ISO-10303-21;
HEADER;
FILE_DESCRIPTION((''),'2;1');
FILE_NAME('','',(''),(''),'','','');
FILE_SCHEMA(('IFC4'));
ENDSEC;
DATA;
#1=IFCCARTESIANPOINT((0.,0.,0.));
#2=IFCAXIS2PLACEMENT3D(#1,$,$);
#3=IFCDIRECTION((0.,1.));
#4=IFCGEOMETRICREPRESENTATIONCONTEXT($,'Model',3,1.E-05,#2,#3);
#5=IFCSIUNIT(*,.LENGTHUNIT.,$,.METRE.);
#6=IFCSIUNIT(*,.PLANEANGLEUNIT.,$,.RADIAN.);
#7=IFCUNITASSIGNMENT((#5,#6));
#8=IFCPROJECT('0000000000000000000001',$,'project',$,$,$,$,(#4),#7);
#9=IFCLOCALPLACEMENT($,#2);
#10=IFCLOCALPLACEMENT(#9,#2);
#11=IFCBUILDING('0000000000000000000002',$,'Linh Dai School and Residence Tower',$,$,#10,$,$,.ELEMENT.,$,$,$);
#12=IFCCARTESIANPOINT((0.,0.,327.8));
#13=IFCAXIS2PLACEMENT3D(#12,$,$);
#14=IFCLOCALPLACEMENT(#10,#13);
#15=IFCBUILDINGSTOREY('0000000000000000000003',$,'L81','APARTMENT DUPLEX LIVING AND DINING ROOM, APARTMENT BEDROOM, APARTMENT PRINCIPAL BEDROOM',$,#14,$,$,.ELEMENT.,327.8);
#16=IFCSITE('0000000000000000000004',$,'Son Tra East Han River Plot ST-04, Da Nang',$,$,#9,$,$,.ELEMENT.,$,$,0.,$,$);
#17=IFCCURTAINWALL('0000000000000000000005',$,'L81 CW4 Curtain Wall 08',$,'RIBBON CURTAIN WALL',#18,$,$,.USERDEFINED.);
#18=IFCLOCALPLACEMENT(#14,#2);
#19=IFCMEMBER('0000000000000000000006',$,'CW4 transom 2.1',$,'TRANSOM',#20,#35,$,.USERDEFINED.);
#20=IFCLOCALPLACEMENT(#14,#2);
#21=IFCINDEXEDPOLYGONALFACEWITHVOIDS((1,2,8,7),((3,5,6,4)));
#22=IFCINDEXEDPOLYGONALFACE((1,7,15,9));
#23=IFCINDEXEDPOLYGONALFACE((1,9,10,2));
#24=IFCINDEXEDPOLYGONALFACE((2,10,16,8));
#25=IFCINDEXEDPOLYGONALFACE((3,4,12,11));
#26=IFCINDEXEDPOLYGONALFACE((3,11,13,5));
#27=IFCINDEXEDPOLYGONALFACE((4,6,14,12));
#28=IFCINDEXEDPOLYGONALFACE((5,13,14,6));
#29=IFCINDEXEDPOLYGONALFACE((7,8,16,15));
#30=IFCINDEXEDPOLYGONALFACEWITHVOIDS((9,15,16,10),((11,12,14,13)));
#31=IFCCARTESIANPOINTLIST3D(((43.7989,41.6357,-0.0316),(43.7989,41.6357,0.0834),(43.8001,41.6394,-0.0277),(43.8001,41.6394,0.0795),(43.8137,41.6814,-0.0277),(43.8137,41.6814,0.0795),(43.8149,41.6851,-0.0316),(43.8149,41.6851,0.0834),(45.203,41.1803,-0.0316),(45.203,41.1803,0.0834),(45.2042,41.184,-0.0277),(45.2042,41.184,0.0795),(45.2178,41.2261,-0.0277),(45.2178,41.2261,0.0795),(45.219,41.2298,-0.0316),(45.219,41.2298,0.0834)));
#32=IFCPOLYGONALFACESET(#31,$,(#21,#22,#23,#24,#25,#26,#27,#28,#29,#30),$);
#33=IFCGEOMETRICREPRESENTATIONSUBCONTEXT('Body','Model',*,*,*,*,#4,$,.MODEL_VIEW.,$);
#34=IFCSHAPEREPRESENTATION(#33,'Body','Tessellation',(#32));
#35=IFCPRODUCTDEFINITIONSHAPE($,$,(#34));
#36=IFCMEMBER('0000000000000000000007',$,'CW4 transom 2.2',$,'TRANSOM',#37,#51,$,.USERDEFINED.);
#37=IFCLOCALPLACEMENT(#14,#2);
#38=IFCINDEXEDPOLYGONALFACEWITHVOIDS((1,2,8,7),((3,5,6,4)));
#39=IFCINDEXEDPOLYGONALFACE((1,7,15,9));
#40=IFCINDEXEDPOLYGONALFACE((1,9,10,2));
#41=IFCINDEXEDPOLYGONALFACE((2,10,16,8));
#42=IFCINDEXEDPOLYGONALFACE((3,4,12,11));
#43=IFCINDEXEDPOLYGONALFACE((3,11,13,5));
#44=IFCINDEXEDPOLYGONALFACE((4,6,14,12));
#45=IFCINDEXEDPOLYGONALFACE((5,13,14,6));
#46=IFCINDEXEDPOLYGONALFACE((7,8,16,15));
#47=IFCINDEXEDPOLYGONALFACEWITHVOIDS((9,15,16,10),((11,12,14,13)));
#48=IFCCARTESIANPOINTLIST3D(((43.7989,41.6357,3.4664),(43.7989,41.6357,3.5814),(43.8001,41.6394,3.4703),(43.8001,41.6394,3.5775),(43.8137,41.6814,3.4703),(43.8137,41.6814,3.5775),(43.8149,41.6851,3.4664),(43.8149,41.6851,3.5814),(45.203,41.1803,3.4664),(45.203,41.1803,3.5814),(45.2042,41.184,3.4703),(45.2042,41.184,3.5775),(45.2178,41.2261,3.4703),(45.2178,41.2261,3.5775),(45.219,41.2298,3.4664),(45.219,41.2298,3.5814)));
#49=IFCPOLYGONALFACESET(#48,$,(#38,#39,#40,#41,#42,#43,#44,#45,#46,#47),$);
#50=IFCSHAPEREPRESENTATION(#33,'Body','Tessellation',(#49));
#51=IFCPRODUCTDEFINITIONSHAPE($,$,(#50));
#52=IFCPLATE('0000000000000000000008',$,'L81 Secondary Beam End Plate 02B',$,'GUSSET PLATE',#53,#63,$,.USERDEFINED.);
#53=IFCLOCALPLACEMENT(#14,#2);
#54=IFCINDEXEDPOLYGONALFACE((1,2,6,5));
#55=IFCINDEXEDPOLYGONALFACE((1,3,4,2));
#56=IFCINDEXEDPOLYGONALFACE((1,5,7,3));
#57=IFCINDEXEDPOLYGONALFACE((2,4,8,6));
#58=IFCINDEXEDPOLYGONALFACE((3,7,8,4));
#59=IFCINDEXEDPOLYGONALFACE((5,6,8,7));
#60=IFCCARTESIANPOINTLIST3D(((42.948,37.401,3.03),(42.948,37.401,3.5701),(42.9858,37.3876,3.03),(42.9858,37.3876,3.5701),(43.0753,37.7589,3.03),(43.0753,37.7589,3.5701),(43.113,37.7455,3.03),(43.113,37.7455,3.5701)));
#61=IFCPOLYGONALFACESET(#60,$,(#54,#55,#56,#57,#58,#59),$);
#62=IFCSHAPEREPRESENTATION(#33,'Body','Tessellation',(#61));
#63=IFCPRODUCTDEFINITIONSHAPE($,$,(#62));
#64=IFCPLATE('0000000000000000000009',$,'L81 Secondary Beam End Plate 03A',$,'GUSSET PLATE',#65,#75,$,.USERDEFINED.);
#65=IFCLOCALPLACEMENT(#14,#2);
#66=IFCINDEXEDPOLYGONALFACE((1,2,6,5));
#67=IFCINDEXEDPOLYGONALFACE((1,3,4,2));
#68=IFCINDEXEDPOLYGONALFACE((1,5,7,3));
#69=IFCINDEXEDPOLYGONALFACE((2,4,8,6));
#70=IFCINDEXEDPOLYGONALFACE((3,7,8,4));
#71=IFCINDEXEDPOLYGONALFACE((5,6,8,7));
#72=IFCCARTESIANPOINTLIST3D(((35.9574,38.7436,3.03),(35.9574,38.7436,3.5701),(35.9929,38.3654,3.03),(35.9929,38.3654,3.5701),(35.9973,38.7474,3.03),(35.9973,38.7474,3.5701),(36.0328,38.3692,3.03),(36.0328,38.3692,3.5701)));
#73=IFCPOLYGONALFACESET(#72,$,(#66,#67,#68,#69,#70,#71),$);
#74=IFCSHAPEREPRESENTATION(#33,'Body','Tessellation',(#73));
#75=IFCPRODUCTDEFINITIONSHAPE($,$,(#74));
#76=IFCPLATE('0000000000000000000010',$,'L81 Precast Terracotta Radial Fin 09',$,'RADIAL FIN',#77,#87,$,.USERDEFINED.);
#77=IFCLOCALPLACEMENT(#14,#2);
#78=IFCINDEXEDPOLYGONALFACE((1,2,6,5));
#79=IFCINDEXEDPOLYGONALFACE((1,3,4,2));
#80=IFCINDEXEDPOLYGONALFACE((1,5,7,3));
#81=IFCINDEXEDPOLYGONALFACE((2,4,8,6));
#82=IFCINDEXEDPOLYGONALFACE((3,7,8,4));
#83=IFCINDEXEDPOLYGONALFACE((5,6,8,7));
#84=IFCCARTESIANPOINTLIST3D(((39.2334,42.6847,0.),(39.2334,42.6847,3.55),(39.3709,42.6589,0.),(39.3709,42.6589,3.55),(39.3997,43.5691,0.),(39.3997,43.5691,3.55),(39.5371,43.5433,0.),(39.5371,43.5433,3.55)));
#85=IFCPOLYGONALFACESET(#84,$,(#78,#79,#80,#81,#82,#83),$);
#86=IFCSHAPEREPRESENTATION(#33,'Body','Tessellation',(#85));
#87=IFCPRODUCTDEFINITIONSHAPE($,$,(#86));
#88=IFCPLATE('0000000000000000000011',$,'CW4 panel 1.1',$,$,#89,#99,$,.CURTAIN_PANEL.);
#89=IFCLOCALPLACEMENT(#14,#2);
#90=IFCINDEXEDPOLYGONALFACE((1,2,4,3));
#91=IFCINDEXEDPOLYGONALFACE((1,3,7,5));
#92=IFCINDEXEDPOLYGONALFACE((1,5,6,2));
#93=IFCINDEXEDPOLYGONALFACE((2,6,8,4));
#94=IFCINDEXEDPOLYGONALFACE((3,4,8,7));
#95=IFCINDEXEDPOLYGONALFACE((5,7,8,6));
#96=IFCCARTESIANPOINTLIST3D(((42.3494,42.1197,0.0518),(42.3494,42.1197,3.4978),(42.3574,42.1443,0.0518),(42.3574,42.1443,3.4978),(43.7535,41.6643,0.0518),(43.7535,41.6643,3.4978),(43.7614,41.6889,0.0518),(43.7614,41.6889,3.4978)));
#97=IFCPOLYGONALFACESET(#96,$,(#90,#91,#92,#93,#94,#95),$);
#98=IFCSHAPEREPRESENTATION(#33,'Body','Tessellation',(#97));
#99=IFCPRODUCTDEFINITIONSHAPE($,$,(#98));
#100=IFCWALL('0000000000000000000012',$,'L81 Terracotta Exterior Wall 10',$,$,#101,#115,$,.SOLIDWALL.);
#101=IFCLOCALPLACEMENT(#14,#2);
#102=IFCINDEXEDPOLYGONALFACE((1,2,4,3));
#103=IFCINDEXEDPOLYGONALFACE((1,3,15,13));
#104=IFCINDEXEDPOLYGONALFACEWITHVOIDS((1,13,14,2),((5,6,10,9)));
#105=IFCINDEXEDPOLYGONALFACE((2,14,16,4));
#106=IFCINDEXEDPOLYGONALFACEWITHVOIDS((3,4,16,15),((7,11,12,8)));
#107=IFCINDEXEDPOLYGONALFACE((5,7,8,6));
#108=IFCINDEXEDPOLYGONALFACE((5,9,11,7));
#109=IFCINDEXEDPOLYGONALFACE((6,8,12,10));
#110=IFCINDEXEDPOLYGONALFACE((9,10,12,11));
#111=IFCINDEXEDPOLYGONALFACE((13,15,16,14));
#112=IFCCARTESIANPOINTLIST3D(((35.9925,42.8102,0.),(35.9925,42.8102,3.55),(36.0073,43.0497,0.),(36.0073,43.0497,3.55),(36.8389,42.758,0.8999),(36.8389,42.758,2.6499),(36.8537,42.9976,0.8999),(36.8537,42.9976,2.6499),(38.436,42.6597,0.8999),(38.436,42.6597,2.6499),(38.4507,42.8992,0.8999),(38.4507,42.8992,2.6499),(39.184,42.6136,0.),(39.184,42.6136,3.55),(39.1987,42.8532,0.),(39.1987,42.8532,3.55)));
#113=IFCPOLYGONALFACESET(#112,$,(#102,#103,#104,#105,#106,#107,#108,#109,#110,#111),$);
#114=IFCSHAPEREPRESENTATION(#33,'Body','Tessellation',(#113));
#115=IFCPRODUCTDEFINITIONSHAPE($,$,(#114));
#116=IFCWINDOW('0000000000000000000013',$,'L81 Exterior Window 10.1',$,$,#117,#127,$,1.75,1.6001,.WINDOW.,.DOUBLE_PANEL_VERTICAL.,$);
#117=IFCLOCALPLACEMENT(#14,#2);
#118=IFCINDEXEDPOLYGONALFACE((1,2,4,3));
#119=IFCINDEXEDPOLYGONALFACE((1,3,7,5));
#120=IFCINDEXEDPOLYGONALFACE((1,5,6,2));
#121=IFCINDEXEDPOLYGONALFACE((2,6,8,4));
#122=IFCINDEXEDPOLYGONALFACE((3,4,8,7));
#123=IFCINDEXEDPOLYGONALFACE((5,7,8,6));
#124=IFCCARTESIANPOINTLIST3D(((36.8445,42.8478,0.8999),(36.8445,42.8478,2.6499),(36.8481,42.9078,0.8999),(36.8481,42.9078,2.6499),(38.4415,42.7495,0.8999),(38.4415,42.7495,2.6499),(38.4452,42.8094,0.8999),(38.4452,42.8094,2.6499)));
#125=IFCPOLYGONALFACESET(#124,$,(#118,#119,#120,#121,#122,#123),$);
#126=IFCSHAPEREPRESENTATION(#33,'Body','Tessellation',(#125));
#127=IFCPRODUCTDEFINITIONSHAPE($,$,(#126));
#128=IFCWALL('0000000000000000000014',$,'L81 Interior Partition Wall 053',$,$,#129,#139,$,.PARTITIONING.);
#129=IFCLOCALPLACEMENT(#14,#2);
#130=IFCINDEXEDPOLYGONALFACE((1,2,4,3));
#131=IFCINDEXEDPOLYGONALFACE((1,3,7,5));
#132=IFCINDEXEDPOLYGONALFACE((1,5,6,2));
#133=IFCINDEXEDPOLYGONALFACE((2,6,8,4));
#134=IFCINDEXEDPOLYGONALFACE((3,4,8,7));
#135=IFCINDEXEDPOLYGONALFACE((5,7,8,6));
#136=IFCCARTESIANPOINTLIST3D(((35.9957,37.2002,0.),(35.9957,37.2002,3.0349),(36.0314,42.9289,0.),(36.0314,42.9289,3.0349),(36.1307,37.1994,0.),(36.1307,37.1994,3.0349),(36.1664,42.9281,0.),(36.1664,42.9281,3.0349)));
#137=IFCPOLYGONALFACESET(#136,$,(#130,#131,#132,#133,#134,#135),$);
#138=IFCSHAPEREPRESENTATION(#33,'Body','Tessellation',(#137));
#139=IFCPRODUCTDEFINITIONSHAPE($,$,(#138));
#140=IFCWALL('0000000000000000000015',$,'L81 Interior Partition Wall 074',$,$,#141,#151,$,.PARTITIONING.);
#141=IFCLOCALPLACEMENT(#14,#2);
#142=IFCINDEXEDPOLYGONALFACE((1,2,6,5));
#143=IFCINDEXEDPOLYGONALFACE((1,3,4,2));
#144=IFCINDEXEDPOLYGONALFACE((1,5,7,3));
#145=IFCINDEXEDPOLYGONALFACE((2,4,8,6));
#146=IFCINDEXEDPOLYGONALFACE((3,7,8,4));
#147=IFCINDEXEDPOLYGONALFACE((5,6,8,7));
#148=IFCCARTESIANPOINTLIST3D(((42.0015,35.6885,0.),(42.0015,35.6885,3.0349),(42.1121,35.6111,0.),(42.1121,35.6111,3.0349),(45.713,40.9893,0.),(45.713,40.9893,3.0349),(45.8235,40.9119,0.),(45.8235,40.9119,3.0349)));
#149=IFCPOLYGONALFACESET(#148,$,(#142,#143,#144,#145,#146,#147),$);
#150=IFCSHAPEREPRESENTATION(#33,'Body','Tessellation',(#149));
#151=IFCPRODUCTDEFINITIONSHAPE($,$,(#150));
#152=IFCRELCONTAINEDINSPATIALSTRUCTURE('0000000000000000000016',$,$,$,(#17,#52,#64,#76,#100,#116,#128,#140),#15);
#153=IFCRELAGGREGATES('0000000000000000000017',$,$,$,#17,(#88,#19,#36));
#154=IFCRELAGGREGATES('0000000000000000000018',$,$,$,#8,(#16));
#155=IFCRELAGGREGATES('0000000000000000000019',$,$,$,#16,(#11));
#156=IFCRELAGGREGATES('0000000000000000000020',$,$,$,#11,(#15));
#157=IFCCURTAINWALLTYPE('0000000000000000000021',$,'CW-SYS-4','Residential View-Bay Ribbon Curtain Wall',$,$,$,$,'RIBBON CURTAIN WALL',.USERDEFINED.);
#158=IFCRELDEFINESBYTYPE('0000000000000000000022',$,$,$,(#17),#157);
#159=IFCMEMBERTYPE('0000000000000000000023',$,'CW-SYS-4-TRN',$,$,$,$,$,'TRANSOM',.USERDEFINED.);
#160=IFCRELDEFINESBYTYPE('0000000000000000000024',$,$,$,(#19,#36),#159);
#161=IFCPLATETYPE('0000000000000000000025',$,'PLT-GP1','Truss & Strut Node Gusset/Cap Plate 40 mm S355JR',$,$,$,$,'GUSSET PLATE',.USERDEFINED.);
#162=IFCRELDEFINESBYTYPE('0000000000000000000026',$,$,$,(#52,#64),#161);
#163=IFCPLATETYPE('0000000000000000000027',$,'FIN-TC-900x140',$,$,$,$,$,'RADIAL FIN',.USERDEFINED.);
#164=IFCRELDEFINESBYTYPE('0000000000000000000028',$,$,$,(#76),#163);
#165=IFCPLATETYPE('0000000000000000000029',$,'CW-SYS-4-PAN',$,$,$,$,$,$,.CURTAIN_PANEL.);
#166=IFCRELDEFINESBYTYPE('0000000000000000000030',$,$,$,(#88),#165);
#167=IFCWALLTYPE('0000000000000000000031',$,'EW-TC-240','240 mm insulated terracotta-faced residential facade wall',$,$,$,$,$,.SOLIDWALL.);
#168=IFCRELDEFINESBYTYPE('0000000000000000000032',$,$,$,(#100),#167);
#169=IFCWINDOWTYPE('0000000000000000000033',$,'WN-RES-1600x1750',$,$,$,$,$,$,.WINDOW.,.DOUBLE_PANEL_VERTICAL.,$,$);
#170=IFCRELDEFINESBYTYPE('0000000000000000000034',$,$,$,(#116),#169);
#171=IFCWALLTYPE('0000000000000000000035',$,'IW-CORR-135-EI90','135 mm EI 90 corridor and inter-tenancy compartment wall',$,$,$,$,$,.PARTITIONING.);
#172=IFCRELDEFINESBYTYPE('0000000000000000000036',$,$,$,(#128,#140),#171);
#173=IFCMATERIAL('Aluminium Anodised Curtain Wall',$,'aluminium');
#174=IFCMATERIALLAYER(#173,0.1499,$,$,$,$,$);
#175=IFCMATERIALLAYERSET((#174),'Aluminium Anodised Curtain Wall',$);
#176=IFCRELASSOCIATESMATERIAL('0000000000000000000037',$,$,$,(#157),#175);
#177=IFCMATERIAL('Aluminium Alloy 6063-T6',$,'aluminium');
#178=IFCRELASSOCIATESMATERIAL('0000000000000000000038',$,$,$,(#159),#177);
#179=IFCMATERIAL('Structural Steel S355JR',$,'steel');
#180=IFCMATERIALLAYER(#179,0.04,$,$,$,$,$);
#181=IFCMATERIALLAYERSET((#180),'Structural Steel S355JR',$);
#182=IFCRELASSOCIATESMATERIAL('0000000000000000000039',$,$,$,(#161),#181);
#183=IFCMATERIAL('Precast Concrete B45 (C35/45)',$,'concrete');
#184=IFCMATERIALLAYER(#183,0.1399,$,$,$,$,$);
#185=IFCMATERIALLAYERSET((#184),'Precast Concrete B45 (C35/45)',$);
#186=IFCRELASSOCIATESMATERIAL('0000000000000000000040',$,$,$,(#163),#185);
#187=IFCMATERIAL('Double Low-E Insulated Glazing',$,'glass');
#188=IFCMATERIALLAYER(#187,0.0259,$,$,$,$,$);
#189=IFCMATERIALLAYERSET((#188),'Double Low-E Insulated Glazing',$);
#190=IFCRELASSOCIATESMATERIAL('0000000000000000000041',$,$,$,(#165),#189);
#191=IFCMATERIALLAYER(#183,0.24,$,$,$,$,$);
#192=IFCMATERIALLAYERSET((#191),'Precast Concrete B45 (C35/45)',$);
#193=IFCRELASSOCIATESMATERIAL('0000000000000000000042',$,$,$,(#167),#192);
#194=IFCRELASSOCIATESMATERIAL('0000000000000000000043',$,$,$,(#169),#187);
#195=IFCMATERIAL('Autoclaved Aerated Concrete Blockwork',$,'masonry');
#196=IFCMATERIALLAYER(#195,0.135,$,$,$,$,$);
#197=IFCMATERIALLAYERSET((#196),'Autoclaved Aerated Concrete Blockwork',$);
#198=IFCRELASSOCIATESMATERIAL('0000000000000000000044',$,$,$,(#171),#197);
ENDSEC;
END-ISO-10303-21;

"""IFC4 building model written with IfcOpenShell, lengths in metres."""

from ifc_helpers import new_model, si_unit, direction, frame, frame_2d, origin, origin_2d, place, context, subcontext, project, spatial, rectangle, hollow_rectangle, extrude, source, transform, mapped, material, layer, layer_set, material_profile, profile_set, type_object, element, fill, aggregate, save


model = new_model("IFC4")

# Units and contexts
model_context = context("Model", 3, precision=1e-05, world=origin(), true_north=direction((0.0, 1.0)))
body_context = subcontext(model_context, "Body", "Model", "MODEL_VIEW")
ifc_project = project(units=[si_unit("LENGTHUNIT", "METRE"), si_unit("PLANEANGLEUNIT", "RADIAN")], contexts=[model_context])

# Site, building, storey
site_placement = place(None, origin())
site = spatial("IfcSite", under=ifc_project, at=site_placement, Name="Son Tra East Han River Plot ST-04, Da Nang", CompositionType="ELEMENT", RefElevation=0.0)
building_placement = place(site_placement, origin())
building = spatial("IfcBuilding", under=site, at=building_placement, Name="Linh Dai School and Residence Tower", CompositionType="ELEMENT")
storey_placement = place(building_placement, frame((0.0, 0.0, 327.8)))
storey = spatial("IfcBuildingStorey", under=building, at=storey_placement, Name="L81", Description="APARTMENT DUPLEX LIVING AND DINING ROOM, APARTMENT BEDROOM, APARTMENT PRINCIPAL BEDROOM", CompositionType="ELEMENT", Elevation=327.8)

# Shared definitions
ifc_material_1 = material(Name="Structural Steel S355JR", Category="steel")

# Curtain wall, members
ifc_material_2 = material(Name="Aluminium Anodised Curtain Wall", Category="aluminium")
ifc_layer_1 = layer(ifc_material_2, 0.1499)
ifc_layer_set_1 = layer_set([ifc_layer_1], Name="Aluminium Anodised Curtain Wall")
curtain_wall_type = type_object("IfcCurtainWallType", Name="CW-SYS-4", Description="Residential View-Bay Ribbon Curtain Wall", ElementType="RIBBON CURTAIN WALL", PredefinedType="USERDEFINED", material=ifc_layer_set_1)
curtain_wall_placement = place(storey_placement, origin())
curtain_wall = element("IfcCurtainWall", 1, at=curtain_wall_placement, inside=storey, type_object=curtain_wall_type, Name="L81 CW4 Curtain Wall 08", ObjectType="RIBBON CURTAIN WALL", PredefinedType="USERDEFINED")
ifc_material_3 = material(Name="Aluminium Alloy 6063-T6", Category="aluminium")
ifc_material_profile_1 = material_profile(ifc_material_3, hollow_rectangle(XDim=0.052, YDim=0.115, WallThickness=0.0039, at=origin_2d()), Name="RHS 115x52x4")
ifc_profile_set_1 = profile_set([ifc_material_profile_1], Name="Aluminium Alloy 6063-T6")
member_type_1 = type_object("IfcMemberType", Name="CW-SYS-4-TRN", ElementType="TRANSOM", PredefinedType="USERDEFINED", material=ifc_profile_set_1)
shared_shape_1 = source(origin(), body_context, "Body", "SweptSolid", [
    extrude(hollow_rectangle(XDim=0.052, YDim=0.115, WallThickness=0.0039, at=origin_2d()), origin(), (0.0, 0.0, 1.0), 1.4761),
])
member_1_placement = place(storey_placement, frame((43.8069, 41.6604, 0.0259), z_axis=(0.951232, -0.308476, 0.0), x_axis=(0.308476, 0.951232, 0.0)))
member_1 = element("IfcMember", 2, at=member_1_placement, type_object=member_type_1, Name="CW4 transom 2.1", ObjectType="TRANSOM", PredefinedType="USERDEFINED", context=body_context, shape_type="MappedRepresentation", body=[
    mapped(shared_shape_1, transform((0.0, 0.0, 0.0), x_axis=(1.0, 0.0, 0.0), y_axis=(0.0, 1.0, 0.0), z_axis=(0.0, 0.0, 1.0), scale=1.0)),
])
member_2_placement = place(storey_placement, frame((43.8069, 41.6604, 3.5239), z_axis=(0.951232, -0.308476, 0.0), x_axis=(0.308476, 0.951232, 0.0)))
member_2 = element("IfcMember", 3, at=member_2_placement, type_object=member_type_1, Name="CW4 transom 2.2", ObjectType="TRANSOM", PredefinedType="USERDEFINED", context=body_context, shape_type="MappedRepresentation", body=[
    mapped(shared_shape_1, transform((0.0, 0.0, 0.0), x_axis=(1.0, 0.0, 0.0), y_axis=(0.0, 1.0, 0.0), z_axis=(0.0, 0.0, 1.0), scale=1.0)),
])

# Plates
ifc_layer_2 = layer(ifc_material_1, 0.04)
ifc_layer_set_2 = layer_set([ifc_layer_2], Name="Structural Steel S355JR")
plate_type_1 = type_object("IfcPlateType", Name="PLT-GP1", Description="Truss & Strut Node Gusset/Cap Plate 40 mm S355JR", ElementType="GUSSET PLATE", PredefinedType="USERDEFINED", material=ifc_layer_set_2)
shared_shape_2 = source(origin(), body_context, "Body", "SweptSolid", [
    extrude(rectangle(XDim=0.04, YDim=0.3799, at=origin_2d()), origin(), (0.0, 0.0, 1.0), 0.54),
])
for number, where, z_axis, x_axis, name in (
    (4, (43.0305, 37.5732, 3.03), (0.0, 0.0, 1.0), (-0.942251, 0.334909, 0.0), "L81 Secondary Beam End Plate 02B"),
    (5, (35.9951, 38.5564, 3.03), (0.0, 0.0, 1.0), (-0.995631, -0.093373, 0.0), "L81 Secondary Beam End Plate 03A"),
):
    element("IfcPlate", number, at=place(storey_placement, frame(where, z_axis=z_axis, x_axis=x_axis)), inside=storey, type_object=plate_type_1, Name=name, ObjectType="GUSSET PLATE", PredefinedType="USERDEFINED", context=body_context, shape_type="MappedRepresentation", body=[
        mapped(shared_shape_2, transform((0.0, 0.0, 0.0), x_axis=(1.0, 0.0, 0.0), y_axis=(0.0, 1.0, 0.0), z_axis=(0.0, 0.0, 1.0), scale=1.0)),
    ])
ifc_material_4 = material(Name="Precast Concrete B45 (C35/45)", Category="concrete")
ifc_layer_3 = layer(ifc_material_4, 0.1399)
ifc_layer_set_3 = layer_set([ifc_layer_3], Name="Precast Concrete B45 (C35/45)")
plate_type_2 = type_object("IfcPlateType", Name="FIN-TC-900x140", ElementType="RADIAL FIN", PredefinedType="USERDEFINED", material=ifc_layer_set_3)
shared_shape_3 = source(origin(), body_context, "Body", "SweptSolid", [
    extrude(rectangle(XDim=0.8999, YDim=0.1399, at=origin_2d()), origin(), (0.0, 0.0, 1.0), 3.55),
])
plate_1_placement = place(storey_placement, frame((39.3853, 43.114, 0.0), z_axis=(0.0, 0.0, 1.0), x_axis=(0.184785, 0.982779, 0.0)))
element("IfcPlate", 6, at=plate_1_placement, inside=storey, type_object=plate_type_2, Name="L81 Precast Terracotta Radial Fin 09", ObjectType="RADIAL FIN", PredefinedType="USERDEFINED", context=body_context, shape_type="MappedRepresentation", body=[
    mapped(shared_shape_3, transform((0.0, 0.0, 0.0), x_axis=(1.0, 0.0, 0.0), y_axis=(0.0, 1.0, 0.0), z_axis=(0.0, 0.0, 1.0), scale=1.0)),
])

# Plate
ifc_material_5 = material(Name="Double Low-E Insulated Glazing", Category="glass")
ifc_layer_4 = layer(ifc_material_5, 0.0259)
ifc_layer_set_4 = layer_set([ifc_layer_4], Name="Double Low-E Insulated Glazing")
plate_type_3 = type_object("IfcPlateType", Name="CW-SYS-4-PAN", PredefinedType="CURTAIN_PANEL", material=ifc_layer_set_4)
shared_shape_4 = source(origin(), body_context, "Body", "SweptSolid", [
    extrude(rectangle(XDim=1.4761, YDim=0.0259, at=origin_2d()), origin(), (0.0, 0.0, 1.0), 3.446),
])
plate_2_placement = place(storey_placement, frame((43.0554, 41.9043, 0.0518), z_axis=(0.0, 0.0, 1.0), x_axis=(0.951203, -0.308565, 0.0)))
plate_2 = element("IfcPlate", 7, at=plate_2_placement, type_object=plate_type_3, Name="CW4 panel 1.1", PredefinedType="CURTAIN_PANEL", context=body_context, shape_type="MappedRepresentation", body=[
    mapped(shared_shape_4, transform((0.0, 0.0, 0.0), x_axis=(1.0, 0.0, 0.0), y_axis=(0.0, 1.0, 0.0), z_axis=(0.0, 0.0, 1.0), scale=1.0)),
])
aggregate(curtain_wall, [plate_2, member_1, member_2])

# Shared definitions
ifc_layer_5 = layer(ifc_material_4, 0.24)
ifc_layer_set_5 = layer_set([ifc_layer_5], Name="Precast Concrete B45 (C35/45)")
wall_type_1 = type_object("IfcWallType", Name="EW-TC-240", Description="240 mm insulated terracotta-faced residential facade wall", PredefinedType="SOLIDWALL", material=ifc_layer_set_5)

# Wall, opening, window
wall_1_placement = place(storey_placement, frame((36.0, 42.9299, 0.0), z_axis=(0.0, 0.0, 1.0), x_axis=(0.998109, -0.061466, 0.0)))
wall_1 = element("IfcWall", 8, at=wall_1_placement, inside=storey, type_object=wall_type_1, Name="L81 Terracotta Exterior Wall 10", PredefinedType="SOLIDWALL", context=body_context, shape_type="SweptSolid", body=[
    extrude(rectangle(XDim=3.1975, YDim=0.24, at=frame_2d((1.5986, 0.0))), origin(), (0.0, 0.0, 1.0), 3.55),
])
opening_1_placement = place(wall_1_placement, frame((0.8479, 0.0, 0.8999)))
opening_1 = element("IfcOpeningElement", 9, at=opening_1_placement, cuts=wall_1, PredefinedType="OPENING", context=body_context, shape_type="SweptSolid", body=[
    extrude(rectangle(XDim=1.6001, YDim=1.75, at=origin_2d()), frame((0.8, 0.1299, 0.875), z_axis=(0.0, -1.0, 0.0), x_axis=(1.0, 0.0, 0.0)), (0.0, 0.0, 1.0), 0.26),
])
window_type = type_object("IfcWindowType", Name="WN-RES-1600x1750", PartitioningType="DOUBLE_PANEL_VERTICAL", PredefinedType="WINDOW", material=ifc_material_5)
shared_shape_5 = source(origin(), body_context, "Body", "SweptSolid", [
    extrude(rectangle(XDim=1.6001, YDim=1.75, at=origin_2d()), frame((0.8, 0.03, 0.875), z_axis=(0.0, -1.0, 0.0), x_axis=(1.0, 0.0, 0.0)), (0.0, 0.0, 1.0), 0.0601),
])
window_placement = place(opening_1_placement, origin())
window = element("IfcWindow", 10, at=window_placement, inside=storey, type_object=window_type, Name="L81 Exterior Window 10.1", OverallHeight=1.75, OverallWidth=1.6001, PartitioningType="DOUBLE_PANEL_VERTICAL", PredefinedType="WINDOW", context=body_context, shape_type="MappedRepresentation", body=[
    mapped(shared_shape_5, transform((0.0, 0.0, 0.0), x_axis=(1.0, 0.0, 0.0), y_axis=(0.0, 1.0, 0.0), z_axis=(0.0, 0.0, 1.0), scale=1.0)),
])
fill(opening_1, window)

# Walls
ifc_material_6 = material(Name="Autoclaved Aerated Concrete Blockwork", Category="masonry")
ifc_layer_6 = layer(ifc_material_6, 0.135)
ifc_layer_set_6 = layer_set([ifc_layer_6], Name="Autoclaved Aerated Concrete Blockwork")
wall_type_2 = type_object("IfcWallType", Name="IW-CORR-135-EI90", Description="135 mm EI 90 corridor and inter-tenancy compartment wall", PredefinedType="PARTITIONING", material=ifc_layer_set_6)
wall_2_placement = place(storey_placement, frame((36.0632, 37.2, 0.0), z_axis=(0.0, 0.0, 1.0), x_axis=(0.006222, 0.999981, 0.0)))
element("IfcWall", 11, at=wall_2_placement, inside=storey, type_object=wall_type_2, Name="L81 Interior Partition Wall 053", PredefinedType="PARTITIONING", context=body_context, shape_type="SweptSolid", body=[
    extrude(rectangle(XDim=5.7288, YDim=0.135, at=frame_2d((2.8643, 0.0))), origin(), (0.0, 0.0, 1.0), 3.0349),
])
wall_3_placement = place(storey_placement, frame((42.0569, 35.6499, 0.0), z_axis=(0.0, 0.0, 1.0), x_axis=(0.573553, 0.819168, 0.0)))
element("IfcWall", 12, at=wall_3_placement, inside=storey, type_object=wall_type_2, Name="L81 Interior Partition Wall 074", PredefinedType="PARTITIONING", context=body_context, shape_type="SweptSolid", body=[
    extrude(rectangle(XDim=6.4709, YDim=0.135, at=frame_2d((3.2354, 0.0))), origin(), (0.0, 0.0, 1.0), 3.0349),
])

save(model, "model.ifc")
